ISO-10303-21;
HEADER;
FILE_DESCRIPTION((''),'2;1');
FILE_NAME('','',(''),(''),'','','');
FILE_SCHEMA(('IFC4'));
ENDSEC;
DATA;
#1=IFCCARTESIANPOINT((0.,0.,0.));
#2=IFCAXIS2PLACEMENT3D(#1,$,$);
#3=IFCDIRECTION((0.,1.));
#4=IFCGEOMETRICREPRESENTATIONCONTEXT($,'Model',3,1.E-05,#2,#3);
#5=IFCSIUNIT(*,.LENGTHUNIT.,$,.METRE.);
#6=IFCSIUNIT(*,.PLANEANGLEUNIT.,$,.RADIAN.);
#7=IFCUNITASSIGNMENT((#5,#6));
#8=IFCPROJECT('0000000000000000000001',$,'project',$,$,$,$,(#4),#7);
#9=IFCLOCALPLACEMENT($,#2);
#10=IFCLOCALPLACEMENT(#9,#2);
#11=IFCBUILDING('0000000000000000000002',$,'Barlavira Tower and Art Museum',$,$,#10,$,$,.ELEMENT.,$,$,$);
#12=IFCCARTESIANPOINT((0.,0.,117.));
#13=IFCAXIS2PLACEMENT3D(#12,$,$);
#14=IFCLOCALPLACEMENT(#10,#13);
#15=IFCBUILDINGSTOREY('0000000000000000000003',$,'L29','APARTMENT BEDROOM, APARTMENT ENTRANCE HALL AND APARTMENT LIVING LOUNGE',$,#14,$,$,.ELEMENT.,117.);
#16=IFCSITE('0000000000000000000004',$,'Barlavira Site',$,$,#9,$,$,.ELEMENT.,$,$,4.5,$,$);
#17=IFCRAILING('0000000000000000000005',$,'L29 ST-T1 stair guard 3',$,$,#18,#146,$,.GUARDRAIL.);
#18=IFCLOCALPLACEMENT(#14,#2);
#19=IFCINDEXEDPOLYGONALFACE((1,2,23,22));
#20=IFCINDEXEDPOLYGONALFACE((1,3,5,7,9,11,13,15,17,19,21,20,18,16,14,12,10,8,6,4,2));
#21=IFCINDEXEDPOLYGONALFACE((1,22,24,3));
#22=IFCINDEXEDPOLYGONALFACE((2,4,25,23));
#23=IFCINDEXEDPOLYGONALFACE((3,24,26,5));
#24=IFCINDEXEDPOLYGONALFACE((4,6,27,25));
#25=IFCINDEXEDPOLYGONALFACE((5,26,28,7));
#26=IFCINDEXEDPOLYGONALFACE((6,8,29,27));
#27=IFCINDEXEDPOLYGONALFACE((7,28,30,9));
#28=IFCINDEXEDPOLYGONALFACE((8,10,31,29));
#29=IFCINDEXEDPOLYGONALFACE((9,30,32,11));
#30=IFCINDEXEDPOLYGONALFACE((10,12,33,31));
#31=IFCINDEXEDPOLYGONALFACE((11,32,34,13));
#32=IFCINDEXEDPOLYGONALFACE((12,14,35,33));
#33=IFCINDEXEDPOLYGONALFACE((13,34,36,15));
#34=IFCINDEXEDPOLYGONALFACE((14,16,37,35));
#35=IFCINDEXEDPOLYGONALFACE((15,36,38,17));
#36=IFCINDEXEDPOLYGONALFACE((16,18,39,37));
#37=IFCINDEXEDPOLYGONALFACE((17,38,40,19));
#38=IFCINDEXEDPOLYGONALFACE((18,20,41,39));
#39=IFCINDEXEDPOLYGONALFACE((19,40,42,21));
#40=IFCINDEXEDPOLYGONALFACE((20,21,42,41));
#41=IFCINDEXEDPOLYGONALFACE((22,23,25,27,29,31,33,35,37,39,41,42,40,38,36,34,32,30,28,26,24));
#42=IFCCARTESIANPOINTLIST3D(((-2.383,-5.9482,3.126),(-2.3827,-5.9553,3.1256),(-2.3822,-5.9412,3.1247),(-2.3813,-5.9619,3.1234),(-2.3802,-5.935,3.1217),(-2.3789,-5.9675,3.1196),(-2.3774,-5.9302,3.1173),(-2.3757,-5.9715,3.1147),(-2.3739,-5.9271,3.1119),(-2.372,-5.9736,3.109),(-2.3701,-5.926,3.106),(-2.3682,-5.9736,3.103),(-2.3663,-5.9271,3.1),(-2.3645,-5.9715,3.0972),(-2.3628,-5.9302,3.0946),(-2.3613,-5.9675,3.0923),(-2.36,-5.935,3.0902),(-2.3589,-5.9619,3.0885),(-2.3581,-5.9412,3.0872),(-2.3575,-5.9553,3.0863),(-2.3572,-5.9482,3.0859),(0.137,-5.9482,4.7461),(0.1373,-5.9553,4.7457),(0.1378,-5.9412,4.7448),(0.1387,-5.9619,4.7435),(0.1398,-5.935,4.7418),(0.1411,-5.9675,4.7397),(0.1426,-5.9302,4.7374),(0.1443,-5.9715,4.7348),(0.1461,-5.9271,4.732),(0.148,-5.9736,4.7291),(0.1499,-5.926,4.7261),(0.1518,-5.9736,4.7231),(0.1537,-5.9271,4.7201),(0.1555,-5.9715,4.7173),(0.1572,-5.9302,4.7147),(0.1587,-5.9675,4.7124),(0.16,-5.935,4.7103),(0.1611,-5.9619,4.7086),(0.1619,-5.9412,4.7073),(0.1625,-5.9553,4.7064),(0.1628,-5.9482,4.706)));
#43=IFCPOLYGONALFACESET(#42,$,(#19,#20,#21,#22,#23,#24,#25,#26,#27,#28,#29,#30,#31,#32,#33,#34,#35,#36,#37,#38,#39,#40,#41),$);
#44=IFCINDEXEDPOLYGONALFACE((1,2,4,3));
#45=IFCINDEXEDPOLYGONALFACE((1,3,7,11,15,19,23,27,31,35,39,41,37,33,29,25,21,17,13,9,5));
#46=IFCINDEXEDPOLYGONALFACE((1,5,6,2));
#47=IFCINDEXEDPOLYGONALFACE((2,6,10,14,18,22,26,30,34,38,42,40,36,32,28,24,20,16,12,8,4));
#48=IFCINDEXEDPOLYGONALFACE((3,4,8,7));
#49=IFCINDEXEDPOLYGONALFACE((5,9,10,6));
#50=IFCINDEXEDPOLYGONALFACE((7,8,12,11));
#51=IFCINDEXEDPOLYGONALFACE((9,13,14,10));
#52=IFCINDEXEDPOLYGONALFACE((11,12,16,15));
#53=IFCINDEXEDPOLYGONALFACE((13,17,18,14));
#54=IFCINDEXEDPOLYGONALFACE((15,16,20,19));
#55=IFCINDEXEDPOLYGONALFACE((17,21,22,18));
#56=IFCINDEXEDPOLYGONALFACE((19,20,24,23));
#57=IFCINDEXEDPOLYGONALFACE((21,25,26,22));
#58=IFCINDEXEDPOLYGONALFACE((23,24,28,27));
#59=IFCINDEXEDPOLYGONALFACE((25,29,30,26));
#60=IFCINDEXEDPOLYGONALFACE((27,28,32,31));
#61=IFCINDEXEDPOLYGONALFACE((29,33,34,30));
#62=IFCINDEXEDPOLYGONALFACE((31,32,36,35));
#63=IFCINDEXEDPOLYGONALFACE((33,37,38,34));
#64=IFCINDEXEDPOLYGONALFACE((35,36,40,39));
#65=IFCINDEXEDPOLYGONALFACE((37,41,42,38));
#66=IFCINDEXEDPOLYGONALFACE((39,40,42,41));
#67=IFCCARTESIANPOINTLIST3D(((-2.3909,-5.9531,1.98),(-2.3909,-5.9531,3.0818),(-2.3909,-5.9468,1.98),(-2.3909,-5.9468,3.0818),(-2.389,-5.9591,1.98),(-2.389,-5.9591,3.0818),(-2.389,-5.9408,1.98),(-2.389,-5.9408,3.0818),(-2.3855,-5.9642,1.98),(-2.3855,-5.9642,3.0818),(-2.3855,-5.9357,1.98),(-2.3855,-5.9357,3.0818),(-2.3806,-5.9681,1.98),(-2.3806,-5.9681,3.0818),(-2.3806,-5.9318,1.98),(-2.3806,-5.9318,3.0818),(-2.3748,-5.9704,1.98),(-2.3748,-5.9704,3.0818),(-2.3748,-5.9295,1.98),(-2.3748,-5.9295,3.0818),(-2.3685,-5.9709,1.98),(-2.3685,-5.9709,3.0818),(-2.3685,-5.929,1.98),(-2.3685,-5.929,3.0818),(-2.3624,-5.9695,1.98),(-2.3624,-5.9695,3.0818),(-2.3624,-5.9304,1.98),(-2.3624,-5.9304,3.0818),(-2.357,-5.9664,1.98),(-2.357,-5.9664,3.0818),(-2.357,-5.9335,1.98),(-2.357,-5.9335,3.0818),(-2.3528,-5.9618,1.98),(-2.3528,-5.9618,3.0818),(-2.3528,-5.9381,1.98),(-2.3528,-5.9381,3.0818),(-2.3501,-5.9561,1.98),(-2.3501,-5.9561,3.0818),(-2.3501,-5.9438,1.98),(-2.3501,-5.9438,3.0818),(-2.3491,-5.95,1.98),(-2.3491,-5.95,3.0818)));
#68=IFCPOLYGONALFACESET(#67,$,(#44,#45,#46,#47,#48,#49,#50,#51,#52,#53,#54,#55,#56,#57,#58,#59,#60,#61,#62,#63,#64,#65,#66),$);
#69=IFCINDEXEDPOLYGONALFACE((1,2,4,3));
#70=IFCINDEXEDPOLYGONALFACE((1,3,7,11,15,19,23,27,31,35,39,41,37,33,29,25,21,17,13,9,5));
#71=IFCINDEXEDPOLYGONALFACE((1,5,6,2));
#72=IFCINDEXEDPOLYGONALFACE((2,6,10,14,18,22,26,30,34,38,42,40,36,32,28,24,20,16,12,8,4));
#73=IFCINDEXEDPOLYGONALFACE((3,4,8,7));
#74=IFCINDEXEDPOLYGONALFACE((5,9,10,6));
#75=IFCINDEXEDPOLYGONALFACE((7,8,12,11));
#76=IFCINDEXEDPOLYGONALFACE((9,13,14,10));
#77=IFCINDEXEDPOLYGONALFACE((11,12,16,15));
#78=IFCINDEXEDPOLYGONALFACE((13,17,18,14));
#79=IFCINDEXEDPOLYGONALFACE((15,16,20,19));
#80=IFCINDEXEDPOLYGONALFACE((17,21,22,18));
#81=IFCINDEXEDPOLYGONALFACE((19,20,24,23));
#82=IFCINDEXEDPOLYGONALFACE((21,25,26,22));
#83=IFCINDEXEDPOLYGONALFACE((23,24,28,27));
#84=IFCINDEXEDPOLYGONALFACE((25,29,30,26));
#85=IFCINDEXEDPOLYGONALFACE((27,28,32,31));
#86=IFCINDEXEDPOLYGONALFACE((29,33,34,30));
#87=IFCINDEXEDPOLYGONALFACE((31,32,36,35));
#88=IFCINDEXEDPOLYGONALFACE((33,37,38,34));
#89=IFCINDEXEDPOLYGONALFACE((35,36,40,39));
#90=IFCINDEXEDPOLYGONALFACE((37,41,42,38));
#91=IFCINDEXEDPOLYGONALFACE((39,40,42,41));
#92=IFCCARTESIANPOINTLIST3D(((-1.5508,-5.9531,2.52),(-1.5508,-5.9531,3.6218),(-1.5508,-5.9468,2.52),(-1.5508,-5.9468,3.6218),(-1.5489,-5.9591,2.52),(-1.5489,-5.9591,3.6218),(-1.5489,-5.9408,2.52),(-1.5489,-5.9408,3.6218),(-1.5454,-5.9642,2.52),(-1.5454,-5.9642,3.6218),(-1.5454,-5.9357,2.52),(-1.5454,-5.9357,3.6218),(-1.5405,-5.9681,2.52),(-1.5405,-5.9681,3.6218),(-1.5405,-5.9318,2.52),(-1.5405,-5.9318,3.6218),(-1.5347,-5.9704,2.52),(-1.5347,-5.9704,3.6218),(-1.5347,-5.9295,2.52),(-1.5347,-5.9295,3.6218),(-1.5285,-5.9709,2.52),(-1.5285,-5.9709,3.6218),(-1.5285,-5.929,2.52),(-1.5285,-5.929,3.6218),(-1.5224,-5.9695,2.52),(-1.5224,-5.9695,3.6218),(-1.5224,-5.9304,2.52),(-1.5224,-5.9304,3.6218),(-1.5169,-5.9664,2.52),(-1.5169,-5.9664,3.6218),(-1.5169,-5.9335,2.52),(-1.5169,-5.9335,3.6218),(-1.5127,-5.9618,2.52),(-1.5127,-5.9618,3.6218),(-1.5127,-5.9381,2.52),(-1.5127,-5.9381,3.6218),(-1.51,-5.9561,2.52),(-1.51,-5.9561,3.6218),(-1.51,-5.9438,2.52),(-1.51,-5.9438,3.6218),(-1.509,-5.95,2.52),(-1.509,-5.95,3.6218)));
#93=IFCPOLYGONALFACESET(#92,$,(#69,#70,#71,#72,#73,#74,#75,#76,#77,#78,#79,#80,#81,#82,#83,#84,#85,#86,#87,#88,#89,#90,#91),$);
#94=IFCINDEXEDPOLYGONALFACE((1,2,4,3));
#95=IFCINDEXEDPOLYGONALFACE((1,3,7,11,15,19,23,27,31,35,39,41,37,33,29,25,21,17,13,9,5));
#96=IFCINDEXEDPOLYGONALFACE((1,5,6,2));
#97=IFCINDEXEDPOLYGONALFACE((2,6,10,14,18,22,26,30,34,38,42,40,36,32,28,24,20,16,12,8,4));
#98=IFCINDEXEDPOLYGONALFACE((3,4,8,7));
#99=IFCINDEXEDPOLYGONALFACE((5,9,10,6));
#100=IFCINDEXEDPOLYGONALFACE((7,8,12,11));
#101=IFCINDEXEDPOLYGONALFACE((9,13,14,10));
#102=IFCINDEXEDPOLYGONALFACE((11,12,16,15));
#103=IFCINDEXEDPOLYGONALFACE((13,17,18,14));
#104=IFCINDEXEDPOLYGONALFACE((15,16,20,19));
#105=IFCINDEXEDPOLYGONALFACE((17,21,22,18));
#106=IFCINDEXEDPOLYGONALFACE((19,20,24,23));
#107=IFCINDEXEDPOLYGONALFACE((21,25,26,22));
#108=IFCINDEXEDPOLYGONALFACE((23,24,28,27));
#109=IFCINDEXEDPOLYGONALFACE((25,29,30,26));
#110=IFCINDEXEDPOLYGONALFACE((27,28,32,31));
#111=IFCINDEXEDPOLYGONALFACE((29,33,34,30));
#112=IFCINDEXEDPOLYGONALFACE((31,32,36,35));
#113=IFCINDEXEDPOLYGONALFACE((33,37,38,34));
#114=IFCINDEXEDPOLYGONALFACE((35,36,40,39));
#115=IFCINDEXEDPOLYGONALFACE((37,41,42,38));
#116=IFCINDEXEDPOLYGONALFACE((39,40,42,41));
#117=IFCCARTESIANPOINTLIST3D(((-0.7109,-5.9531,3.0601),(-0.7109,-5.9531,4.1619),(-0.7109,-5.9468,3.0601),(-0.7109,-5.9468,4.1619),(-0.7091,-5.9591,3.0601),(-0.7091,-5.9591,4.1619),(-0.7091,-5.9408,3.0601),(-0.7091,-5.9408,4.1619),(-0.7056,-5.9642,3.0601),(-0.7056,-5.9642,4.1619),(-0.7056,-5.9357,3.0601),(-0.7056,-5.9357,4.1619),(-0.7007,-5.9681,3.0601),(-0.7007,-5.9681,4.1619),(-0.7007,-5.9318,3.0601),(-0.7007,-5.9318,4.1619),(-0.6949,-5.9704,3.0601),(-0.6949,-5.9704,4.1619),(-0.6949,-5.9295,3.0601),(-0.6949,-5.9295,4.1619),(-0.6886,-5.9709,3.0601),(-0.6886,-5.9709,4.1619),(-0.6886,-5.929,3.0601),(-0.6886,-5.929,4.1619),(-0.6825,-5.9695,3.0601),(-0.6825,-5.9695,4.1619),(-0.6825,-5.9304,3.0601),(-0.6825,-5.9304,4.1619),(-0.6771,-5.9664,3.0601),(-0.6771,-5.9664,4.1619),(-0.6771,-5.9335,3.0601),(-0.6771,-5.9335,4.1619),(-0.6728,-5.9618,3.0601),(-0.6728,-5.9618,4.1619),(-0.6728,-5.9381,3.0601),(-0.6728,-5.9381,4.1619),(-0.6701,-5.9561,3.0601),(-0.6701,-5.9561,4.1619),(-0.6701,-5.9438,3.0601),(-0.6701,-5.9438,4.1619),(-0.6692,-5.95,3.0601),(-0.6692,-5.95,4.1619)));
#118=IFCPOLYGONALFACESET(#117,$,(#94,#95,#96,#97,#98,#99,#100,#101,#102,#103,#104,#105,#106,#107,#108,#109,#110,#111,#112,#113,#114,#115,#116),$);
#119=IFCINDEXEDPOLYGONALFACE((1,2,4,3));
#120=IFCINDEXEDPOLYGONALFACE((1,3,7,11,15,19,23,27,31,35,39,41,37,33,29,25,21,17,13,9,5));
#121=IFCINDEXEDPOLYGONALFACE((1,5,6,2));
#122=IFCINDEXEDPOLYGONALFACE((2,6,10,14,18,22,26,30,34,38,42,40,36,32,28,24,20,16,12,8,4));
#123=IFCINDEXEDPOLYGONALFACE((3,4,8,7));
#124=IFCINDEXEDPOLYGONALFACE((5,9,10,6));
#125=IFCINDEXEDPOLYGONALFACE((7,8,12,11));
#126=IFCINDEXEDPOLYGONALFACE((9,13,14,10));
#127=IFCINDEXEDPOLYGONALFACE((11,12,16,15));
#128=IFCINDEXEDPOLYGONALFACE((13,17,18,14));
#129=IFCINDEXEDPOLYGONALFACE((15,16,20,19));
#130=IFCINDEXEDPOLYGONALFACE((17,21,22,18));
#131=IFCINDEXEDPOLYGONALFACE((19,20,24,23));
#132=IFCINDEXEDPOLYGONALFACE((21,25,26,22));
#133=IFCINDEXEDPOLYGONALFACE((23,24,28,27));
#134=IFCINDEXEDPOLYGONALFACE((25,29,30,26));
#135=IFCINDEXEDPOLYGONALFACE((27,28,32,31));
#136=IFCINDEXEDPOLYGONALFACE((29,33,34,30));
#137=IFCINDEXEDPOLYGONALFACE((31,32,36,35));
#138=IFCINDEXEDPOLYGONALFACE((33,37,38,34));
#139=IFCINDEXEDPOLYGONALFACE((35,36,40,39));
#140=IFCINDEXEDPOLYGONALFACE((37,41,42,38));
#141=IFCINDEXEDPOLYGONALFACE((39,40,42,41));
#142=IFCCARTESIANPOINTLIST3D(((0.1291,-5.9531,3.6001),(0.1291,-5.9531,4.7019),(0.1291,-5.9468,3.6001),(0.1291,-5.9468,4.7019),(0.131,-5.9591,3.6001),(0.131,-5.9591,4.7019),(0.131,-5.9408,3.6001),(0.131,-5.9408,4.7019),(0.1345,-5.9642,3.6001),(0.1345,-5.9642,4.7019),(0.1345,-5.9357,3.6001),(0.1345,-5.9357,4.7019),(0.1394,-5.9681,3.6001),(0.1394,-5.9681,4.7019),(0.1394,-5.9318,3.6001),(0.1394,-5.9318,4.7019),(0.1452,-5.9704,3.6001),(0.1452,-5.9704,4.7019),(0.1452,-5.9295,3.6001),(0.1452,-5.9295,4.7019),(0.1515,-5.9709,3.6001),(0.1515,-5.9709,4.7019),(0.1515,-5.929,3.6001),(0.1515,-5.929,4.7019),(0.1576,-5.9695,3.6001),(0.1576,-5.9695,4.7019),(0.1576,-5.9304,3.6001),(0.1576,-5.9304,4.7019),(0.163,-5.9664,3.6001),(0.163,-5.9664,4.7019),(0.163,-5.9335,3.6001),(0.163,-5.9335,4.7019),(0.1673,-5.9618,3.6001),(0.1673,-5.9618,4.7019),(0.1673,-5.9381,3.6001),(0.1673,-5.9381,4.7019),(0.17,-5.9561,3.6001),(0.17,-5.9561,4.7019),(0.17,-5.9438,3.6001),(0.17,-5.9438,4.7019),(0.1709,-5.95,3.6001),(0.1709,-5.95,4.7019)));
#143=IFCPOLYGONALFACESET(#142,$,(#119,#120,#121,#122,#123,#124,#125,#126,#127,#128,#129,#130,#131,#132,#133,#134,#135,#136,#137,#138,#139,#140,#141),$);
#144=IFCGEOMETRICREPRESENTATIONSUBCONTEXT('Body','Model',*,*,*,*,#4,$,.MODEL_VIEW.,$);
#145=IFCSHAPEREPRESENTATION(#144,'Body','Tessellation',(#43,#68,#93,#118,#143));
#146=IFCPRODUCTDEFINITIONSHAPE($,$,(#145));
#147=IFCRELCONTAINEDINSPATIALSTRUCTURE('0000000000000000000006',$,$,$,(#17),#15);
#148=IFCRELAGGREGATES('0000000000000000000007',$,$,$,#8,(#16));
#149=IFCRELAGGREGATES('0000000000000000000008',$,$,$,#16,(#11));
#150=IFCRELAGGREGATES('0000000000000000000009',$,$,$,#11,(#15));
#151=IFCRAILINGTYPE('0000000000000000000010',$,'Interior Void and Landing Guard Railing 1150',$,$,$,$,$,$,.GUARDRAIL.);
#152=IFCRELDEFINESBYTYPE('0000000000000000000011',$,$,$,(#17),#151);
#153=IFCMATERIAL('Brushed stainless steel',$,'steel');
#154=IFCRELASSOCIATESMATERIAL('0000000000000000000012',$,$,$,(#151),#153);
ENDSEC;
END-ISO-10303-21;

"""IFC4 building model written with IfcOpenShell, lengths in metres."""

from ifc_helpers import new_model, si_unit, direction, frame, origin, origin_2d, place, context, subcontext, project, spatial, circle, extrude, material, type_object, element, save


model = new_model("IFC4")

# Units and contexts
model_context = context("Model", 3, precision=1e-05, world=origin(), true_north=direction((0.0, 1.0)))
body_context = subcontext(model_context, "Body", "Model", "MODEL_VIEW")
ifc_project = project(units=[si_unit("LENGTHUNIT", "METRE"), si_unit("PLANEANGLEUNIT", "RADIAN")], contexts=[model_context])

# Site, building, storey
site_placement = place(None, origin())
site = spatial("IfcSite", under=ifc_project, at=site_placement, Name="Barlavira Site", CompositionType="ELEMENT", RefElevation=4.5)
building_placement = place(site_placement, origin())
building = spatial("IfcBuilding", under=site, at=building_placement, Name="Barlavira Tower and Art Museum", CompositionType="ELEMENT")
storey_placement = place(building_placement, frame((0.0, 0.0, 117.0)))
storey = spatial("IfcBuildingStorey", under=building, at=storey_placement, Name="L29", Description="APARTMENT BEDROOM, APARTMENT ENTRANCE HALL AND APARTMENT LIVING LOUNGE", CompositionType="ELEMENT", Elevation=117.0)

# Shared definitions
ifc_material_1 = material(Name="Brushed stainless steel", Category="steel")

# Railing
railing_type_1 = type_object("IfcRailingType", Name="Interior Void and Landing Guard Railing 1150", PredefinedType="GUARDRAIL", material=ifc_material_1)
railing_1_placement = place(storey_placement, frame((-2.3701, -5.95, 1.98)))
element("IfcRailing", 1, at=railing_1_placement, inside=storey, type_object=railing_type_1, Name="L29 ST-T1 stair guard 3", PredefinedType="GUARDRAIL", context=body_context, shape_type="SweptSolid", body=[
    extrude(circle(Radius=0.0239, at=origin_2d()), frame((0.0, 0.0, 1.126), z_axis=(0.841163, 0.0, 0.540782), x_axis=(0.0, 1.0, 0.0)), (0.0, 0.0, 1.0), 2.9958),
    extrude(circle(Radius=0.021, at=origin_2d()), origin(), (0.0, 0.0, 1.0), 1.1018),
    extrude(circle(Radius=0.021, at=origin_2d()), frame((0.8401, 0.0, 0.54)), (0.0, 0.0, 1.0), 1.1018),
    extrude(circle(Radius=0.021, at=origin_2d()), frame((1.6799, 0.0, 1.0801)), (0.0, 0.0, 1.0), 1.1018),
    extrude(circle(Radius=0.021, at=origin_2d()), frame((2.52, 0.0, 1.6201)), (0.0, 0.0, 1.0), 1.1018),
])

save(model, "model.ifc")
